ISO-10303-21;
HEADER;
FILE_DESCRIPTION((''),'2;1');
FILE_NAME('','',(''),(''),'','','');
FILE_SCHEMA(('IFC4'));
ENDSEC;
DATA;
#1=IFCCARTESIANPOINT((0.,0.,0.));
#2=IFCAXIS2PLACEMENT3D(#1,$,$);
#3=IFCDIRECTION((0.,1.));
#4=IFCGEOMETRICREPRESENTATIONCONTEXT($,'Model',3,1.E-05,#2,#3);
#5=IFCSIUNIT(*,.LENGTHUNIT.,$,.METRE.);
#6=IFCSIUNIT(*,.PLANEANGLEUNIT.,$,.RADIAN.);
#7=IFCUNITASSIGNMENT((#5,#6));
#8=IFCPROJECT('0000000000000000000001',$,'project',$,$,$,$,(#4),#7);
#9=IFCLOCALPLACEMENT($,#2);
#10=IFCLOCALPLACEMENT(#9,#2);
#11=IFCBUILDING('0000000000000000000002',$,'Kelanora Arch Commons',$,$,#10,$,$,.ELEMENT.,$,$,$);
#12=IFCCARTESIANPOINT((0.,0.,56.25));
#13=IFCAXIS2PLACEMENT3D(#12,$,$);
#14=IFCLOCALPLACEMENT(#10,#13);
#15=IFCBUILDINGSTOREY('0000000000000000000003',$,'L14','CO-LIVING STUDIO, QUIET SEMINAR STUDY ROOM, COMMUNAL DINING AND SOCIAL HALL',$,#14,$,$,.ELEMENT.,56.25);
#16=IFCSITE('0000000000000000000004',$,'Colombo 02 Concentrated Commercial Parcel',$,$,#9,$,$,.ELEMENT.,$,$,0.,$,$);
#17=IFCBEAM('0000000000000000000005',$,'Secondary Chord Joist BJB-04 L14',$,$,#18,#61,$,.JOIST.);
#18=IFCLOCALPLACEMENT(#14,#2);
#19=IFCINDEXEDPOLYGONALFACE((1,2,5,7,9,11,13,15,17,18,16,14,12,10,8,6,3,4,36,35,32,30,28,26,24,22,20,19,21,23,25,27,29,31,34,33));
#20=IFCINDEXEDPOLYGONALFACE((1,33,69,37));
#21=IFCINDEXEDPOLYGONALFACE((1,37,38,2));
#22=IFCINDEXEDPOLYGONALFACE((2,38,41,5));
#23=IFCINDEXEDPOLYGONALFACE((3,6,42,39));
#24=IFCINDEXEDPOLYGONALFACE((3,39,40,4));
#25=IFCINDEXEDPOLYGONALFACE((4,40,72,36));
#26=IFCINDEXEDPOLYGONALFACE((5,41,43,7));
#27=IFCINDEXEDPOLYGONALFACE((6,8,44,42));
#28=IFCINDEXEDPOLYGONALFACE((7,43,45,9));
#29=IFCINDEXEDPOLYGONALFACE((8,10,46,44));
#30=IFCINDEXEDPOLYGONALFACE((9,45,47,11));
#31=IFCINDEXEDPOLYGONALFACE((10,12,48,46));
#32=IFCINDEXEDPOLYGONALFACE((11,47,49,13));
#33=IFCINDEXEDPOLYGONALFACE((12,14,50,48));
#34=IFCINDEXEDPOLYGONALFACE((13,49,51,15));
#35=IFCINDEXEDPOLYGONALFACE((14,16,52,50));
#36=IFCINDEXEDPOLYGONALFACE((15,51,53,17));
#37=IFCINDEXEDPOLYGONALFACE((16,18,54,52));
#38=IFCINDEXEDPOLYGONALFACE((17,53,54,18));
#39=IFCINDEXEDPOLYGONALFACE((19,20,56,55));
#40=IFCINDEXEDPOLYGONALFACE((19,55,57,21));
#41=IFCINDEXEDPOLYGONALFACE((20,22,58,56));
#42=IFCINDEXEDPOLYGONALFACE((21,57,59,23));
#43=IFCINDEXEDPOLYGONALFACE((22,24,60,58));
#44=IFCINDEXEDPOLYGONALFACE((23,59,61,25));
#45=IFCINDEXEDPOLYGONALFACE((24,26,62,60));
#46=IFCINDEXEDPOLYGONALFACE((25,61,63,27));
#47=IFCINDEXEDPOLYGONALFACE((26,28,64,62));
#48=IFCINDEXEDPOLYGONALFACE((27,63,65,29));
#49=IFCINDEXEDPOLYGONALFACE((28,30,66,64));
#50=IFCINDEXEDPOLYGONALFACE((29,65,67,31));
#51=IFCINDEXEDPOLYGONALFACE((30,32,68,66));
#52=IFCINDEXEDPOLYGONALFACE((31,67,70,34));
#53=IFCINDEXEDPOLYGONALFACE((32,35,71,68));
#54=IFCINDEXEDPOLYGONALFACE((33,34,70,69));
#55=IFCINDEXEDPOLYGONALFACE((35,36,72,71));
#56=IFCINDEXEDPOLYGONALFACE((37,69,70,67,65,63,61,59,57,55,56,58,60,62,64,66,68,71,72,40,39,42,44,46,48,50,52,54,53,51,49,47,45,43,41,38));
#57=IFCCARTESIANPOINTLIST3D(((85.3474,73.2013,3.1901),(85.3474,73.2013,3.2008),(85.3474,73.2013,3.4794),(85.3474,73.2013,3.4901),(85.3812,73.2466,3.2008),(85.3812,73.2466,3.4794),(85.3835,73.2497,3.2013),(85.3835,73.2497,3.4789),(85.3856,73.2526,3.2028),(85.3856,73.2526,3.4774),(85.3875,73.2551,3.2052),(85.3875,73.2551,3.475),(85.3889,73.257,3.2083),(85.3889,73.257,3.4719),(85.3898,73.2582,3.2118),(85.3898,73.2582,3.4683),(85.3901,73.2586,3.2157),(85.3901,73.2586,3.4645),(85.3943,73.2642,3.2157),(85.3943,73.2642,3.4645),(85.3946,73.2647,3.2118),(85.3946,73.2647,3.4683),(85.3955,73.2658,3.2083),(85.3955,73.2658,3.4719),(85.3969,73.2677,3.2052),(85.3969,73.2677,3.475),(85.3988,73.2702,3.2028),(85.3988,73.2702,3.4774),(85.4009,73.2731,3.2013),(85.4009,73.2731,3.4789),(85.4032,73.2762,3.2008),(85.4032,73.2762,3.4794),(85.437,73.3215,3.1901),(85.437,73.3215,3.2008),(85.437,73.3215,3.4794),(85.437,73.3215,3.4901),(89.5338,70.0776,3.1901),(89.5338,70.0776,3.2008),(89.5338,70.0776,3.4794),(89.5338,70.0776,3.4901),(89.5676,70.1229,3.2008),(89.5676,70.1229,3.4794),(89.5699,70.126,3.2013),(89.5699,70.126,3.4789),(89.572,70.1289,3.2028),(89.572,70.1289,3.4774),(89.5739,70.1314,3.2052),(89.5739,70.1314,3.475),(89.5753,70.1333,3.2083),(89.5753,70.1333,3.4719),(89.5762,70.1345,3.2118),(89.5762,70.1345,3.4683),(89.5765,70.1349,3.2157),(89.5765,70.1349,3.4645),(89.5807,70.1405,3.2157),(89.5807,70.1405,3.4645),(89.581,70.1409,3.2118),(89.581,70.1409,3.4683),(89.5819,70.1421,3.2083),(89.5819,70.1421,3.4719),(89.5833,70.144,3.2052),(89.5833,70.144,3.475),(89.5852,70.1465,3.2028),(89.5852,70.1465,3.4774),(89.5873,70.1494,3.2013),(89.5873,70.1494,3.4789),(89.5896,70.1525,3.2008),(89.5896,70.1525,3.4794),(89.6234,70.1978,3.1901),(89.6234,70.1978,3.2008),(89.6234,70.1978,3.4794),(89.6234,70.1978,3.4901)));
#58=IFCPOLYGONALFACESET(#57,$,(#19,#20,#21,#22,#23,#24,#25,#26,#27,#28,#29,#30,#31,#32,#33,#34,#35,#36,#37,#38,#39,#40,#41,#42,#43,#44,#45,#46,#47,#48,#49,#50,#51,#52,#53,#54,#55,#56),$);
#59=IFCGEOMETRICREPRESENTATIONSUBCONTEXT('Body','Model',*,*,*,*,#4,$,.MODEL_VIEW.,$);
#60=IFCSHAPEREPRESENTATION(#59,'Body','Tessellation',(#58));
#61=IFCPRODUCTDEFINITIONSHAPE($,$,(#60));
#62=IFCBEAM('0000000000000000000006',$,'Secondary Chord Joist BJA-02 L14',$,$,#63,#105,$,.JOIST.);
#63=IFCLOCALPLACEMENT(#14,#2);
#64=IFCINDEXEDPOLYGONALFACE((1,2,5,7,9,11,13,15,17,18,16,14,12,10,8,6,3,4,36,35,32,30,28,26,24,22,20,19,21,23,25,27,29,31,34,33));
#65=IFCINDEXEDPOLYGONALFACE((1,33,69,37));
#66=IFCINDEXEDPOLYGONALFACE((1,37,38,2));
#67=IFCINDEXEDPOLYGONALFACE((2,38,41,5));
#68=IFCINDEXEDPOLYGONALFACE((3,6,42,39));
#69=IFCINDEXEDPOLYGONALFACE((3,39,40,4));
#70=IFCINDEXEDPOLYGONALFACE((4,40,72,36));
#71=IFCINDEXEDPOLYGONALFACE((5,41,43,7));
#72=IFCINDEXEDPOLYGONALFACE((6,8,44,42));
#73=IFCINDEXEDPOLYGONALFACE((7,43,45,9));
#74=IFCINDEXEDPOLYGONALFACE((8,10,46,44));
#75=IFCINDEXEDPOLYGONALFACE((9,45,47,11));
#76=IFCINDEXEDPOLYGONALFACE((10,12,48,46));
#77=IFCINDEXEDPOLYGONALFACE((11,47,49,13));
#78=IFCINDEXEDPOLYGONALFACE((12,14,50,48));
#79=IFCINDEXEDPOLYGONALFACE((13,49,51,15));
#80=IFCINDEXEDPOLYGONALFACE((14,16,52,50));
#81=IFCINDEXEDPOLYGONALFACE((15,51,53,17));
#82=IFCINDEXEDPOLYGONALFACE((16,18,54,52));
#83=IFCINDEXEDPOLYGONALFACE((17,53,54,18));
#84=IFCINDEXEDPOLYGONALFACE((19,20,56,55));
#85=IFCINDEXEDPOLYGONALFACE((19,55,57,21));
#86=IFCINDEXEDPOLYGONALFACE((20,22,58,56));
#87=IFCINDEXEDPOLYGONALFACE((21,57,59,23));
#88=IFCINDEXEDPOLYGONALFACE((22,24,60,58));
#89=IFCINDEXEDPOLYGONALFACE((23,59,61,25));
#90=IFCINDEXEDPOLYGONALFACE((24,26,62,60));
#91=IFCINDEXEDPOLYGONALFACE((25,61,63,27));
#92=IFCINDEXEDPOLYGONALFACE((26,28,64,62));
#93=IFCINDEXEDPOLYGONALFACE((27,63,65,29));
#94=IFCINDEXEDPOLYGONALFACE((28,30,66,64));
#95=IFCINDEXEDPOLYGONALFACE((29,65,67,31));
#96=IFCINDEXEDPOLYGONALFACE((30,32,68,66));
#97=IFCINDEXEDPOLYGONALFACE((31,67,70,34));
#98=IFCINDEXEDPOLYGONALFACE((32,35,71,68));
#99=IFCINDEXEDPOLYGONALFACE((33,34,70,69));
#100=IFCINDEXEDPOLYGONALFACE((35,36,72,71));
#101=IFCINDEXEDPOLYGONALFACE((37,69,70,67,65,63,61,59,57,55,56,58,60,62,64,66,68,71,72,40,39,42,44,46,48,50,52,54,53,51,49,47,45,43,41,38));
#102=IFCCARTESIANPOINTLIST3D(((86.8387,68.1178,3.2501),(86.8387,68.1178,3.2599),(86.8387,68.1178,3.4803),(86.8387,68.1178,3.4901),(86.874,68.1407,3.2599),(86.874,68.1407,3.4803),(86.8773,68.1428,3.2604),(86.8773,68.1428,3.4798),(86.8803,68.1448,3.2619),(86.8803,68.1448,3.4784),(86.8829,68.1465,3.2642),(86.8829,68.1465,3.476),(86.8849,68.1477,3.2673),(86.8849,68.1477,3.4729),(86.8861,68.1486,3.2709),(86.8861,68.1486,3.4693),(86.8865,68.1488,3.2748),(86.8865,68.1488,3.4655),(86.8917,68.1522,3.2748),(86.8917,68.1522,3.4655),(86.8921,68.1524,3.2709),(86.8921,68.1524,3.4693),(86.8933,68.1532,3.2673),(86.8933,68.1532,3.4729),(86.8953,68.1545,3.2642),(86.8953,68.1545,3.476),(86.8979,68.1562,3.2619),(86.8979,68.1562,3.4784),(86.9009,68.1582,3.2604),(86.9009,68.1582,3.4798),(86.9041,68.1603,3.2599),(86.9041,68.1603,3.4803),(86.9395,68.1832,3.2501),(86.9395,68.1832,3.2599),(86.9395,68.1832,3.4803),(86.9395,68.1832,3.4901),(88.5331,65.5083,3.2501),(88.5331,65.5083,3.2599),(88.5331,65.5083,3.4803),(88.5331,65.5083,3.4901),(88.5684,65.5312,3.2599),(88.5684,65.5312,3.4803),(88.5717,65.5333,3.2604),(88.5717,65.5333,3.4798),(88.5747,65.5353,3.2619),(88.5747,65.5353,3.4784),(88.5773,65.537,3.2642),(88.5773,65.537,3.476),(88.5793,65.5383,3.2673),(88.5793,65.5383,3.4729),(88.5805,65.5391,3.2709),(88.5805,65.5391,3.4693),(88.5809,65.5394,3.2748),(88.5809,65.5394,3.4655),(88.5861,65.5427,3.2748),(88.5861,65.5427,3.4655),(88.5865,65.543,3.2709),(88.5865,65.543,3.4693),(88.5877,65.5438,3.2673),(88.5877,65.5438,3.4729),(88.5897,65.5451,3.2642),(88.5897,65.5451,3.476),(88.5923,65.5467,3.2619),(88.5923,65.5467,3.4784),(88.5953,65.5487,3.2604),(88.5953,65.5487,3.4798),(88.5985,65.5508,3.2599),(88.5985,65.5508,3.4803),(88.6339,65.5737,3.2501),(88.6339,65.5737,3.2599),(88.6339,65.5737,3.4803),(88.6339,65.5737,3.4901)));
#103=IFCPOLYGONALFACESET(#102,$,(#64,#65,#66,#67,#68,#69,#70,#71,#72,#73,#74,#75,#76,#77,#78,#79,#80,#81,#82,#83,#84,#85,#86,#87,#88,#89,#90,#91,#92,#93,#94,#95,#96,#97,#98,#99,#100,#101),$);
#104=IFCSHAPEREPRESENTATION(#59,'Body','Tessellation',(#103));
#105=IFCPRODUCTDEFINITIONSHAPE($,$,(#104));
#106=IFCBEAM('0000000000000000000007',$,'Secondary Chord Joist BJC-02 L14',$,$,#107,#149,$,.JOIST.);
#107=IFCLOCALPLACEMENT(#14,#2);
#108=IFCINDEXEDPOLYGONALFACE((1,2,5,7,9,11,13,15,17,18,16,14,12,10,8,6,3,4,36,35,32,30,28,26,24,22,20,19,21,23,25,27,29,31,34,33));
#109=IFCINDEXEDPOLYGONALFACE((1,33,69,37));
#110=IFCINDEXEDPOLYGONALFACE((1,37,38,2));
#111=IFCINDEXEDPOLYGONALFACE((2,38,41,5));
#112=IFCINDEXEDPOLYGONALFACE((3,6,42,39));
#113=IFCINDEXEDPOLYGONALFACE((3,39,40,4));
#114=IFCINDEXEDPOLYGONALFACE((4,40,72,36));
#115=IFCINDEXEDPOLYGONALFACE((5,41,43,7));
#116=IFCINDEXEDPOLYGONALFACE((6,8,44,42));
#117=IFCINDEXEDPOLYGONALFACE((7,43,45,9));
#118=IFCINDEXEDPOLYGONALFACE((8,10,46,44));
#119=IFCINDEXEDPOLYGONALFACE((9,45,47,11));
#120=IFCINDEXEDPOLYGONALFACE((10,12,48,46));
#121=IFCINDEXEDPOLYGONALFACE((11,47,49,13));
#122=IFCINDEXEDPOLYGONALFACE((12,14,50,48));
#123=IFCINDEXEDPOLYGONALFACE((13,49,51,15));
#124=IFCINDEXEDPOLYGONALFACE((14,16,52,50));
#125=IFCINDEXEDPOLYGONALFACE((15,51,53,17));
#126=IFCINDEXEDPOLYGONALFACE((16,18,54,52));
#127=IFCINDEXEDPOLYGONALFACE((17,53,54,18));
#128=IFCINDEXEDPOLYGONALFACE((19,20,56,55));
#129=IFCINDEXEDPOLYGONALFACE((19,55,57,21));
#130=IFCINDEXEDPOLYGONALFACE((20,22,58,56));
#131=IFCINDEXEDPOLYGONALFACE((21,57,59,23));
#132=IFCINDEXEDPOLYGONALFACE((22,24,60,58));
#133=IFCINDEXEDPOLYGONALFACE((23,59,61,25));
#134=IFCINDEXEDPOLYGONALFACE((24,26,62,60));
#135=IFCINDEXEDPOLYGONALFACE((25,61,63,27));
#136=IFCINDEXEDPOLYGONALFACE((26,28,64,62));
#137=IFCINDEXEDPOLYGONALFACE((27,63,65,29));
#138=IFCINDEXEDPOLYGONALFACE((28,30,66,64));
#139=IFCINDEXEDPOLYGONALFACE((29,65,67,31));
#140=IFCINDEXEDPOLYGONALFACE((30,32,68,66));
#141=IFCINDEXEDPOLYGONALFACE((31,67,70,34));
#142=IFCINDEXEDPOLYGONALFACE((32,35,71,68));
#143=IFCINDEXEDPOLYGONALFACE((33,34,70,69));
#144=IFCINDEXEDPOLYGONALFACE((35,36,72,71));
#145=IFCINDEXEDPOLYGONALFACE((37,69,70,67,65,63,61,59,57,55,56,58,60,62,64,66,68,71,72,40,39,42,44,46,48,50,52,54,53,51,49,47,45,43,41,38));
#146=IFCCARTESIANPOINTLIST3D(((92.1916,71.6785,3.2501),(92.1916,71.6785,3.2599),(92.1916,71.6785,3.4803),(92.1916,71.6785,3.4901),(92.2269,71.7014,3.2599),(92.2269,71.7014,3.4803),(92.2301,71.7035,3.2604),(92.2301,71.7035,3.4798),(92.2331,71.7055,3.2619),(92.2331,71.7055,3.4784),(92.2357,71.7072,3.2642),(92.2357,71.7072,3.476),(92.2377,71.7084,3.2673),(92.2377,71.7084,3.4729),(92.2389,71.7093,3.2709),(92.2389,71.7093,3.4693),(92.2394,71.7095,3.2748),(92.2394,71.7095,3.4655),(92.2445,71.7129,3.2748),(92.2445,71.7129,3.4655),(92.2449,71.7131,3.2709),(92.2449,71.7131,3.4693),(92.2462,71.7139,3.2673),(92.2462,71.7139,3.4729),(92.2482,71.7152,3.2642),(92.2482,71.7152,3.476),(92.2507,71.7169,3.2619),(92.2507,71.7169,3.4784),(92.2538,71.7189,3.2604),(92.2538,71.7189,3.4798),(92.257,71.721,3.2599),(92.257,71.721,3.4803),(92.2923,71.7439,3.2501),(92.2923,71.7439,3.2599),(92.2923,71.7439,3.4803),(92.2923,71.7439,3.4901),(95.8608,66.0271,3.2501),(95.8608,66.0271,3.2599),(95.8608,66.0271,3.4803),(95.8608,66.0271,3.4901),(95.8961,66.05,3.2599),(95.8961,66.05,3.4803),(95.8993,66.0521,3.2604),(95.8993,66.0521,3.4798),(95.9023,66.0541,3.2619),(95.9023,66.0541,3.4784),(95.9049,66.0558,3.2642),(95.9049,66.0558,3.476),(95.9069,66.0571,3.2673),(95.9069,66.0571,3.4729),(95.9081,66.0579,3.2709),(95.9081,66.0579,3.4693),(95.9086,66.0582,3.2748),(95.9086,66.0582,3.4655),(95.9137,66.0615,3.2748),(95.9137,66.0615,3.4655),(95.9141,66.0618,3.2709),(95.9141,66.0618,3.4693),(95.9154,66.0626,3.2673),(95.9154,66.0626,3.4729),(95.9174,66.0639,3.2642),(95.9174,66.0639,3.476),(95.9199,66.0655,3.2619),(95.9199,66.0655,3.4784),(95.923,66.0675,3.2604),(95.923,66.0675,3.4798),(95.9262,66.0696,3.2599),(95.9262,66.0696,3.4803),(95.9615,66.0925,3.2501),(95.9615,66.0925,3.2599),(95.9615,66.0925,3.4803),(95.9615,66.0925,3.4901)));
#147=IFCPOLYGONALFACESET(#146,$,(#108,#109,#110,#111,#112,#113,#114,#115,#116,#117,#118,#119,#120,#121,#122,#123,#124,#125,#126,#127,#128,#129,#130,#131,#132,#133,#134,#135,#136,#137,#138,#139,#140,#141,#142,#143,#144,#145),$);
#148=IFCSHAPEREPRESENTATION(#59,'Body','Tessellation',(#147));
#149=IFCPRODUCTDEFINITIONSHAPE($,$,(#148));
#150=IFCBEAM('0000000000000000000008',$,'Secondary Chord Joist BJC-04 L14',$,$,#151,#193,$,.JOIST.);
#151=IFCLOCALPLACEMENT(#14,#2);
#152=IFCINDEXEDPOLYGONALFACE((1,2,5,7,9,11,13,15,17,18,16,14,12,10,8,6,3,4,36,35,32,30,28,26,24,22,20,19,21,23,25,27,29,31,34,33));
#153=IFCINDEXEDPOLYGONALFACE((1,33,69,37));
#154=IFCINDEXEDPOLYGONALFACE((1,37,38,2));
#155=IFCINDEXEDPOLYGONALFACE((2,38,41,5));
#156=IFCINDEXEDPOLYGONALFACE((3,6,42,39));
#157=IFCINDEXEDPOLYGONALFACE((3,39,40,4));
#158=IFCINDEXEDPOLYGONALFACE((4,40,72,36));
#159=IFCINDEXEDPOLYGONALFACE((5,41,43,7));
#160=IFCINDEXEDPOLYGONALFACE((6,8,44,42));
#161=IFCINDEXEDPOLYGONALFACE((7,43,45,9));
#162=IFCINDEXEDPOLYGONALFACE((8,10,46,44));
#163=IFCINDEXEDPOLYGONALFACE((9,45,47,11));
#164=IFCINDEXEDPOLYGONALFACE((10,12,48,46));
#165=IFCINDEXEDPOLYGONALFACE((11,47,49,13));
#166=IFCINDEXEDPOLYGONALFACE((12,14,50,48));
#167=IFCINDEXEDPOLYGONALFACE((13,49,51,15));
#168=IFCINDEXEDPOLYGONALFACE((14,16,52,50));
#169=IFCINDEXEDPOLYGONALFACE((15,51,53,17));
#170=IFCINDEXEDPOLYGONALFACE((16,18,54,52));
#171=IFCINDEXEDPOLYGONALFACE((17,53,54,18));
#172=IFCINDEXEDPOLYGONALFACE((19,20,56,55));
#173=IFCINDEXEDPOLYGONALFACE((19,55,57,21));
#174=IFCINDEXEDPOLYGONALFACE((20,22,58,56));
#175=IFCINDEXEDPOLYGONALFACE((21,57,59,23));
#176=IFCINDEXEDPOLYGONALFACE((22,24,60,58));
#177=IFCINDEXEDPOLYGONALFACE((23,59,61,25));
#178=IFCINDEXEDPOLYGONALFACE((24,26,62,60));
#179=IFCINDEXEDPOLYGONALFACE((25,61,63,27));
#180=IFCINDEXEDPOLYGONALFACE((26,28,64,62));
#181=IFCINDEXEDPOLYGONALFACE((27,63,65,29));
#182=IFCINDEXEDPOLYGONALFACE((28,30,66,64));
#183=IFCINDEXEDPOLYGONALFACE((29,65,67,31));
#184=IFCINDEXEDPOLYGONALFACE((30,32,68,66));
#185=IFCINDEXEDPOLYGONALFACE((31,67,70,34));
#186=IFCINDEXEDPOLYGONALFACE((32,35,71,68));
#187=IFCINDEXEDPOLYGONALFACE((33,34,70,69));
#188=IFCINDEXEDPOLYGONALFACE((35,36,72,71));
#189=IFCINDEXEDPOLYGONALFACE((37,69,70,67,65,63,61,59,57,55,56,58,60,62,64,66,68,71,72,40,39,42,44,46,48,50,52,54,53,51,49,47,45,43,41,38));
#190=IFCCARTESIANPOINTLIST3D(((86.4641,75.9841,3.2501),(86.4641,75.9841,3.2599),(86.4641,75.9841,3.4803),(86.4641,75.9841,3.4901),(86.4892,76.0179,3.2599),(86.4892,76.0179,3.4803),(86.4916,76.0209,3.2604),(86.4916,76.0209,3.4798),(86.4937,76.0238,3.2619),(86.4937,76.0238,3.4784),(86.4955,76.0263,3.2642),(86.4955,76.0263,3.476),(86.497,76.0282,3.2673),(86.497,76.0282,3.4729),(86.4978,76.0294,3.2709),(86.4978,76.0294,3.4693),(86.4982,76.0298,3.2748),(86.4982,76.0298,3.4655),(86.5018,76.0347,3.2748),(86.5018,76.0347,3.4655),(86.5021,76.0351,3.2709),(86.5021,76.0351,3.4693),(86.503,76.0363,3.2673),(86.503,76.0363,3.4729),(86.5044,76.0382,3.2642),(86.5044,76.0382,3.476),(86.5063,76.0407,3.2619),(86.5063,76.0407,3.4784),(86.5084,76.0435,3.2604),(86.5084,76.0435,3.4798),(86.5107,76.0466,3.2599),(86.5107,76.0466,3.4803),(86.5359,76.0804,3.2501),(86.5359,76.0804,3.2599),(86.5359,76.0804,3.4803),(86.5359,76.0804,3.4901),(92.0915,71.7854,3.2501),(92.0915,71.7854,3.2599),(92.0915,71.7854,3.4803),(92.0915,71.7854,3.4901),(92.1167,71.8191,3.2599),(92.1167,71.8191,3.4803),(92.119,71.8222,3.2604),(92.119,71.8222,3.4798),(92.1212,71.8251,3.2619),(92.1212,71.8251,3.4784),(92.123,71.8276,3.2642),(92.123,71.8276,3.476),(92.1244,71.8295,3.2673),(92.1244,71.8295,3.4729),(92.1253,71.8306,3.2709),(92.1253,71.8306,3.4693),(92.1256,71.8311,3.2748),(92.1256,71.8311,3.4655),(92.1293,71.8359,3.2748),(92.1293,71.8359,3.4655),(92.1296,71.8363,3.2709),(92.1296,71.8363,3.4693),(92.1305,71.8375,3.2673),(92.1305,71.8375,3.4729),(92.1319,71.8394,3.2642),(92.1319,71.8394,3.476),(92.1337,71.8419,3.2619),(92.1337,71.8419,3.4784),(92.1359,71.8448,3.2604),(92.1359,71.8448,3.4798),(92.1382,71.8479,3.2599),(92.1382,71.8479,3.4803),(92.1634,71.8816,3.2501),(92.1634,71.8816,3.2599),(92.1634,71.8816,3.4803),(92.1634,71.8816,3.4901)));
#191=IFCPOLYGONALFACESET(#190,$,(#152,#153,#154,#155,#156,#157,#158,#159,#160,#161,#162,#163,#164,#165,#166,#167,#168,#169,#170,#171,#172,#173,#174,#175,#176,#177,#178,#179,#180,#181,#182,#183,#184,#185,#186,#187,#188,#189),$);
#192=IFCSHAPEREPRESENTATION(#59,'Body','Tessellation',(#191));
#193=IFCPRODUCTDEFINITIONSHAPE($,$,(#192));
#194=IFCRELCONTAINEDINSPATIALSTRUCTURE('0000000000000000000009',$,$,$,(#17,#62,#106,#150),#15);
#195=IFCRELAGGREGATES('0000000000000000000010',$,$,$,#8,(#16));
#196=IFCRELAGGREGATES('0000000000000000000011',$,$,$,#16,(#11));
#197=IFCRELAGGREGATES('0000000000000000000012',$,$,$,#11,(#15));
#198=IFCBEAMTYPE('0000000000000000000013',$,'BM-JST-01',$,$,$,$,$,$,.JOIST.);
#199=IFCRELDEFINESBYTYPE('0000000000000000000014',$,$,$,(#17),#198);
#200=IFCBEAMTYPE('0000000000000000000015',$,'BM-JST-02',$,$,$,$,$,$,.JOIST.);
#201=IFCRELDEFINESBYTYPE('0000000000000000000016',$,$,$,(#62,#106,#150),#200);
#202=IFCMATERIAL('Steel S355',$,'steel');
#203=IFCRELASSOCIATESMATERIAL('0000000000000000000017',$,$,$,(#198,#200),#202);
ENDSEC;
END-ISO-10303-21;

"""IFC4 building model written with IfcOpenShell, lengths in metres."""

from ifc_helpers import new_model, si_unit, direction, frame, origin, origin_2d, place, context, subcontext, project, spatial, i_section, extrude, material, material_profile, profile_set, type_object, element, save


model = new_model("IFC4")

# Units and contexts
model_context = context("Model", 3, precision=1e-05, world=origin(), true_north=direction((0.0, 1.0)))
body_context = subcontext(model_context, "Body", "Model", "MODEL_VIEW")
ifc_project = project(units=[si_unit("LENGTHUNIT", "METRE"), si_unit("PLANEANGLEUNIT", "RADIAN")], contexts=[model_context])

# Site, building, storey
site_placement = place(None, origin())
site = spatial("IfcSite", under=ifc_project, at=site_placement, Name="Colombo 02 Concentrated Commercial Parcel", CompositionType="ELEMENT", RefElevation=0.0)
building_placement = place(site_placement, origin())
building = spatial("IfcBuilding", under=site, at=building_placement, Name="Kelanora Arch Commons", CompositionType="ELEMENT")
storey_placement = place(building_placement, frame((0.0, 0.0, 56.25)))
storey = spatial("IfcBuildingStorey", under=building, at=storey_placement, Name="L14", Description="CO-LIVING STUDIO, QUIET SEMINAR STUDY ROOM, COMMUNAL DINING AND SOCIAL HALL", CompositionType="ELEMENT", Elevation=56.25)

# Beams
ifc_material_1 = material(Name="Steel S355", Category="steel")
ifc_material_profile_1 = material_profile(ifc_material_1, i_section(OverallWidth=0.1499, OverallDepth=0.3, WebThickness=0.0071, FlangeThickness=0.0107, FilletRadius=0.0149, at=origin_2d()), Name="IPE300")
ifc_profile_set_1 = profile_set([ifc_material_profile_1], Name="Steel S355")
beam_type_1 = type_object("IfcBeamType", Name="BM-JST-01", PredefinedType="JOIST", material=ifc_profile_set_1)
beam_1_placement = place(storey_placement, frame((89.5786, 70.1377, 3.3401), z_axis=(-0.801478, 0.598024, 0.0), x_axis=(-0.598024, -0.801478, 0.0)))
element("IfcBeam", 1, at=beam_1_placement, inside=storey, type_object=beam_type_1, Name="Secondary Chord Joist BJB-04 L14", PredefinedType="JOIST", context=body_context, shape_type="SweptSolid", body=[
    extrude(i_section(OverallWidth=0.1499, OverallDepth=0.3, WebThickness=0.0071, FlangeThickness=0.0107, FilletRadius=0.0149, at=origin_2d()), origin(), (0.0, 0.0, 1.0), 5.2234),
])
ifc_material_profile_2 = material_profile(ifc_material_1, i_section(OverallWidth=0.1201, OverallDepth=0.24, WebThickness=0.0061, FlangeThickness=0.0098, FilletRadius=0.0149, at=origin_2d()), Name="IPE240")
ifc_profile_set_2 = profile_set([ifc_material_profile_2], Name="Steel S355")
beam_type_2 = type_object("IfcBeamType", Name="BM-JST-02", PredefinedType="JOIST", material=ifc_profile_set_2)
beam_2_placement = place(storey_placement, frame((88.5835, 65.541, 3.3701), z_axis=(-0.544591, 0.838702, 0.0), x_axis=(-0.838702, -0.544591, 0.0)))
element("IfcBeam", 2, at=beam_2_placement, inside=storey, type_object=beam_type_2, Name="Secondary Chord Joist BJA-02 L14", PredefinedType="JOIST", context=body_context, shape_type="SweptSolid", body=[
    extrude(i_section(OverallWidth=0.1201, OverallDepth=0.24, WebThickness=0.0061, FlangeThickness=0.0098, FilletRadius=0.0149, at=origin_2d()), origin(), (0.0, 0.0, 1.0), 3.1113),
])
beam_3_placement = place(storey_placement, frame((95.9111, 66.0598, 3.3701), z_axis=(-0.54455, 0.838728, 0.0), x_axis=(-0.838728, -0.54455, 0.0)))
element("IfcBeam", 3, at=beam_3_placement, inside=storey, type_object=beam_type_2, Name="Secondary Chord Joist BJC-02 L14", PredefinedType="JOIST", context=body_context, shape_type="SweptSolid", body=[
    extrude(i_section(OverallWidth=0.1201, OverallDepth=0.24, WebThickness=0.0061, FlangeThickness=0.0098, FilletRadius=0.0149, at=origin_2d()), origin(), (0.0, 0.0, 1.0), 6.738),
])
beam_4_placement = place(storey_placement, frame((92.1274, 71.8335, 3.3701), z_axis=(-0.801491, 0.598006, 0.0), x_axis=(-0.598006, -0.801491, 0.0)))
element("IfcBeam", 4, at=beam_4_placement, inside=storey, type_object=beam_type_2, Name="Secondary Chord Joist BJC-04 L14", PredefinedType="JOIST", context=body_context, shape_type="SweptSolid", body=[
    extrude(i_section(OverallWidth=0.1201, OverallDepth=0.24, WebThickness=0.0061, FlangeThickness=0.0098, FilletRadius=0.0149, at=origin_2d()), origin(), (0.0, 0.0, 1.0), 7.0212),
])

save(model, "model.ifc")
